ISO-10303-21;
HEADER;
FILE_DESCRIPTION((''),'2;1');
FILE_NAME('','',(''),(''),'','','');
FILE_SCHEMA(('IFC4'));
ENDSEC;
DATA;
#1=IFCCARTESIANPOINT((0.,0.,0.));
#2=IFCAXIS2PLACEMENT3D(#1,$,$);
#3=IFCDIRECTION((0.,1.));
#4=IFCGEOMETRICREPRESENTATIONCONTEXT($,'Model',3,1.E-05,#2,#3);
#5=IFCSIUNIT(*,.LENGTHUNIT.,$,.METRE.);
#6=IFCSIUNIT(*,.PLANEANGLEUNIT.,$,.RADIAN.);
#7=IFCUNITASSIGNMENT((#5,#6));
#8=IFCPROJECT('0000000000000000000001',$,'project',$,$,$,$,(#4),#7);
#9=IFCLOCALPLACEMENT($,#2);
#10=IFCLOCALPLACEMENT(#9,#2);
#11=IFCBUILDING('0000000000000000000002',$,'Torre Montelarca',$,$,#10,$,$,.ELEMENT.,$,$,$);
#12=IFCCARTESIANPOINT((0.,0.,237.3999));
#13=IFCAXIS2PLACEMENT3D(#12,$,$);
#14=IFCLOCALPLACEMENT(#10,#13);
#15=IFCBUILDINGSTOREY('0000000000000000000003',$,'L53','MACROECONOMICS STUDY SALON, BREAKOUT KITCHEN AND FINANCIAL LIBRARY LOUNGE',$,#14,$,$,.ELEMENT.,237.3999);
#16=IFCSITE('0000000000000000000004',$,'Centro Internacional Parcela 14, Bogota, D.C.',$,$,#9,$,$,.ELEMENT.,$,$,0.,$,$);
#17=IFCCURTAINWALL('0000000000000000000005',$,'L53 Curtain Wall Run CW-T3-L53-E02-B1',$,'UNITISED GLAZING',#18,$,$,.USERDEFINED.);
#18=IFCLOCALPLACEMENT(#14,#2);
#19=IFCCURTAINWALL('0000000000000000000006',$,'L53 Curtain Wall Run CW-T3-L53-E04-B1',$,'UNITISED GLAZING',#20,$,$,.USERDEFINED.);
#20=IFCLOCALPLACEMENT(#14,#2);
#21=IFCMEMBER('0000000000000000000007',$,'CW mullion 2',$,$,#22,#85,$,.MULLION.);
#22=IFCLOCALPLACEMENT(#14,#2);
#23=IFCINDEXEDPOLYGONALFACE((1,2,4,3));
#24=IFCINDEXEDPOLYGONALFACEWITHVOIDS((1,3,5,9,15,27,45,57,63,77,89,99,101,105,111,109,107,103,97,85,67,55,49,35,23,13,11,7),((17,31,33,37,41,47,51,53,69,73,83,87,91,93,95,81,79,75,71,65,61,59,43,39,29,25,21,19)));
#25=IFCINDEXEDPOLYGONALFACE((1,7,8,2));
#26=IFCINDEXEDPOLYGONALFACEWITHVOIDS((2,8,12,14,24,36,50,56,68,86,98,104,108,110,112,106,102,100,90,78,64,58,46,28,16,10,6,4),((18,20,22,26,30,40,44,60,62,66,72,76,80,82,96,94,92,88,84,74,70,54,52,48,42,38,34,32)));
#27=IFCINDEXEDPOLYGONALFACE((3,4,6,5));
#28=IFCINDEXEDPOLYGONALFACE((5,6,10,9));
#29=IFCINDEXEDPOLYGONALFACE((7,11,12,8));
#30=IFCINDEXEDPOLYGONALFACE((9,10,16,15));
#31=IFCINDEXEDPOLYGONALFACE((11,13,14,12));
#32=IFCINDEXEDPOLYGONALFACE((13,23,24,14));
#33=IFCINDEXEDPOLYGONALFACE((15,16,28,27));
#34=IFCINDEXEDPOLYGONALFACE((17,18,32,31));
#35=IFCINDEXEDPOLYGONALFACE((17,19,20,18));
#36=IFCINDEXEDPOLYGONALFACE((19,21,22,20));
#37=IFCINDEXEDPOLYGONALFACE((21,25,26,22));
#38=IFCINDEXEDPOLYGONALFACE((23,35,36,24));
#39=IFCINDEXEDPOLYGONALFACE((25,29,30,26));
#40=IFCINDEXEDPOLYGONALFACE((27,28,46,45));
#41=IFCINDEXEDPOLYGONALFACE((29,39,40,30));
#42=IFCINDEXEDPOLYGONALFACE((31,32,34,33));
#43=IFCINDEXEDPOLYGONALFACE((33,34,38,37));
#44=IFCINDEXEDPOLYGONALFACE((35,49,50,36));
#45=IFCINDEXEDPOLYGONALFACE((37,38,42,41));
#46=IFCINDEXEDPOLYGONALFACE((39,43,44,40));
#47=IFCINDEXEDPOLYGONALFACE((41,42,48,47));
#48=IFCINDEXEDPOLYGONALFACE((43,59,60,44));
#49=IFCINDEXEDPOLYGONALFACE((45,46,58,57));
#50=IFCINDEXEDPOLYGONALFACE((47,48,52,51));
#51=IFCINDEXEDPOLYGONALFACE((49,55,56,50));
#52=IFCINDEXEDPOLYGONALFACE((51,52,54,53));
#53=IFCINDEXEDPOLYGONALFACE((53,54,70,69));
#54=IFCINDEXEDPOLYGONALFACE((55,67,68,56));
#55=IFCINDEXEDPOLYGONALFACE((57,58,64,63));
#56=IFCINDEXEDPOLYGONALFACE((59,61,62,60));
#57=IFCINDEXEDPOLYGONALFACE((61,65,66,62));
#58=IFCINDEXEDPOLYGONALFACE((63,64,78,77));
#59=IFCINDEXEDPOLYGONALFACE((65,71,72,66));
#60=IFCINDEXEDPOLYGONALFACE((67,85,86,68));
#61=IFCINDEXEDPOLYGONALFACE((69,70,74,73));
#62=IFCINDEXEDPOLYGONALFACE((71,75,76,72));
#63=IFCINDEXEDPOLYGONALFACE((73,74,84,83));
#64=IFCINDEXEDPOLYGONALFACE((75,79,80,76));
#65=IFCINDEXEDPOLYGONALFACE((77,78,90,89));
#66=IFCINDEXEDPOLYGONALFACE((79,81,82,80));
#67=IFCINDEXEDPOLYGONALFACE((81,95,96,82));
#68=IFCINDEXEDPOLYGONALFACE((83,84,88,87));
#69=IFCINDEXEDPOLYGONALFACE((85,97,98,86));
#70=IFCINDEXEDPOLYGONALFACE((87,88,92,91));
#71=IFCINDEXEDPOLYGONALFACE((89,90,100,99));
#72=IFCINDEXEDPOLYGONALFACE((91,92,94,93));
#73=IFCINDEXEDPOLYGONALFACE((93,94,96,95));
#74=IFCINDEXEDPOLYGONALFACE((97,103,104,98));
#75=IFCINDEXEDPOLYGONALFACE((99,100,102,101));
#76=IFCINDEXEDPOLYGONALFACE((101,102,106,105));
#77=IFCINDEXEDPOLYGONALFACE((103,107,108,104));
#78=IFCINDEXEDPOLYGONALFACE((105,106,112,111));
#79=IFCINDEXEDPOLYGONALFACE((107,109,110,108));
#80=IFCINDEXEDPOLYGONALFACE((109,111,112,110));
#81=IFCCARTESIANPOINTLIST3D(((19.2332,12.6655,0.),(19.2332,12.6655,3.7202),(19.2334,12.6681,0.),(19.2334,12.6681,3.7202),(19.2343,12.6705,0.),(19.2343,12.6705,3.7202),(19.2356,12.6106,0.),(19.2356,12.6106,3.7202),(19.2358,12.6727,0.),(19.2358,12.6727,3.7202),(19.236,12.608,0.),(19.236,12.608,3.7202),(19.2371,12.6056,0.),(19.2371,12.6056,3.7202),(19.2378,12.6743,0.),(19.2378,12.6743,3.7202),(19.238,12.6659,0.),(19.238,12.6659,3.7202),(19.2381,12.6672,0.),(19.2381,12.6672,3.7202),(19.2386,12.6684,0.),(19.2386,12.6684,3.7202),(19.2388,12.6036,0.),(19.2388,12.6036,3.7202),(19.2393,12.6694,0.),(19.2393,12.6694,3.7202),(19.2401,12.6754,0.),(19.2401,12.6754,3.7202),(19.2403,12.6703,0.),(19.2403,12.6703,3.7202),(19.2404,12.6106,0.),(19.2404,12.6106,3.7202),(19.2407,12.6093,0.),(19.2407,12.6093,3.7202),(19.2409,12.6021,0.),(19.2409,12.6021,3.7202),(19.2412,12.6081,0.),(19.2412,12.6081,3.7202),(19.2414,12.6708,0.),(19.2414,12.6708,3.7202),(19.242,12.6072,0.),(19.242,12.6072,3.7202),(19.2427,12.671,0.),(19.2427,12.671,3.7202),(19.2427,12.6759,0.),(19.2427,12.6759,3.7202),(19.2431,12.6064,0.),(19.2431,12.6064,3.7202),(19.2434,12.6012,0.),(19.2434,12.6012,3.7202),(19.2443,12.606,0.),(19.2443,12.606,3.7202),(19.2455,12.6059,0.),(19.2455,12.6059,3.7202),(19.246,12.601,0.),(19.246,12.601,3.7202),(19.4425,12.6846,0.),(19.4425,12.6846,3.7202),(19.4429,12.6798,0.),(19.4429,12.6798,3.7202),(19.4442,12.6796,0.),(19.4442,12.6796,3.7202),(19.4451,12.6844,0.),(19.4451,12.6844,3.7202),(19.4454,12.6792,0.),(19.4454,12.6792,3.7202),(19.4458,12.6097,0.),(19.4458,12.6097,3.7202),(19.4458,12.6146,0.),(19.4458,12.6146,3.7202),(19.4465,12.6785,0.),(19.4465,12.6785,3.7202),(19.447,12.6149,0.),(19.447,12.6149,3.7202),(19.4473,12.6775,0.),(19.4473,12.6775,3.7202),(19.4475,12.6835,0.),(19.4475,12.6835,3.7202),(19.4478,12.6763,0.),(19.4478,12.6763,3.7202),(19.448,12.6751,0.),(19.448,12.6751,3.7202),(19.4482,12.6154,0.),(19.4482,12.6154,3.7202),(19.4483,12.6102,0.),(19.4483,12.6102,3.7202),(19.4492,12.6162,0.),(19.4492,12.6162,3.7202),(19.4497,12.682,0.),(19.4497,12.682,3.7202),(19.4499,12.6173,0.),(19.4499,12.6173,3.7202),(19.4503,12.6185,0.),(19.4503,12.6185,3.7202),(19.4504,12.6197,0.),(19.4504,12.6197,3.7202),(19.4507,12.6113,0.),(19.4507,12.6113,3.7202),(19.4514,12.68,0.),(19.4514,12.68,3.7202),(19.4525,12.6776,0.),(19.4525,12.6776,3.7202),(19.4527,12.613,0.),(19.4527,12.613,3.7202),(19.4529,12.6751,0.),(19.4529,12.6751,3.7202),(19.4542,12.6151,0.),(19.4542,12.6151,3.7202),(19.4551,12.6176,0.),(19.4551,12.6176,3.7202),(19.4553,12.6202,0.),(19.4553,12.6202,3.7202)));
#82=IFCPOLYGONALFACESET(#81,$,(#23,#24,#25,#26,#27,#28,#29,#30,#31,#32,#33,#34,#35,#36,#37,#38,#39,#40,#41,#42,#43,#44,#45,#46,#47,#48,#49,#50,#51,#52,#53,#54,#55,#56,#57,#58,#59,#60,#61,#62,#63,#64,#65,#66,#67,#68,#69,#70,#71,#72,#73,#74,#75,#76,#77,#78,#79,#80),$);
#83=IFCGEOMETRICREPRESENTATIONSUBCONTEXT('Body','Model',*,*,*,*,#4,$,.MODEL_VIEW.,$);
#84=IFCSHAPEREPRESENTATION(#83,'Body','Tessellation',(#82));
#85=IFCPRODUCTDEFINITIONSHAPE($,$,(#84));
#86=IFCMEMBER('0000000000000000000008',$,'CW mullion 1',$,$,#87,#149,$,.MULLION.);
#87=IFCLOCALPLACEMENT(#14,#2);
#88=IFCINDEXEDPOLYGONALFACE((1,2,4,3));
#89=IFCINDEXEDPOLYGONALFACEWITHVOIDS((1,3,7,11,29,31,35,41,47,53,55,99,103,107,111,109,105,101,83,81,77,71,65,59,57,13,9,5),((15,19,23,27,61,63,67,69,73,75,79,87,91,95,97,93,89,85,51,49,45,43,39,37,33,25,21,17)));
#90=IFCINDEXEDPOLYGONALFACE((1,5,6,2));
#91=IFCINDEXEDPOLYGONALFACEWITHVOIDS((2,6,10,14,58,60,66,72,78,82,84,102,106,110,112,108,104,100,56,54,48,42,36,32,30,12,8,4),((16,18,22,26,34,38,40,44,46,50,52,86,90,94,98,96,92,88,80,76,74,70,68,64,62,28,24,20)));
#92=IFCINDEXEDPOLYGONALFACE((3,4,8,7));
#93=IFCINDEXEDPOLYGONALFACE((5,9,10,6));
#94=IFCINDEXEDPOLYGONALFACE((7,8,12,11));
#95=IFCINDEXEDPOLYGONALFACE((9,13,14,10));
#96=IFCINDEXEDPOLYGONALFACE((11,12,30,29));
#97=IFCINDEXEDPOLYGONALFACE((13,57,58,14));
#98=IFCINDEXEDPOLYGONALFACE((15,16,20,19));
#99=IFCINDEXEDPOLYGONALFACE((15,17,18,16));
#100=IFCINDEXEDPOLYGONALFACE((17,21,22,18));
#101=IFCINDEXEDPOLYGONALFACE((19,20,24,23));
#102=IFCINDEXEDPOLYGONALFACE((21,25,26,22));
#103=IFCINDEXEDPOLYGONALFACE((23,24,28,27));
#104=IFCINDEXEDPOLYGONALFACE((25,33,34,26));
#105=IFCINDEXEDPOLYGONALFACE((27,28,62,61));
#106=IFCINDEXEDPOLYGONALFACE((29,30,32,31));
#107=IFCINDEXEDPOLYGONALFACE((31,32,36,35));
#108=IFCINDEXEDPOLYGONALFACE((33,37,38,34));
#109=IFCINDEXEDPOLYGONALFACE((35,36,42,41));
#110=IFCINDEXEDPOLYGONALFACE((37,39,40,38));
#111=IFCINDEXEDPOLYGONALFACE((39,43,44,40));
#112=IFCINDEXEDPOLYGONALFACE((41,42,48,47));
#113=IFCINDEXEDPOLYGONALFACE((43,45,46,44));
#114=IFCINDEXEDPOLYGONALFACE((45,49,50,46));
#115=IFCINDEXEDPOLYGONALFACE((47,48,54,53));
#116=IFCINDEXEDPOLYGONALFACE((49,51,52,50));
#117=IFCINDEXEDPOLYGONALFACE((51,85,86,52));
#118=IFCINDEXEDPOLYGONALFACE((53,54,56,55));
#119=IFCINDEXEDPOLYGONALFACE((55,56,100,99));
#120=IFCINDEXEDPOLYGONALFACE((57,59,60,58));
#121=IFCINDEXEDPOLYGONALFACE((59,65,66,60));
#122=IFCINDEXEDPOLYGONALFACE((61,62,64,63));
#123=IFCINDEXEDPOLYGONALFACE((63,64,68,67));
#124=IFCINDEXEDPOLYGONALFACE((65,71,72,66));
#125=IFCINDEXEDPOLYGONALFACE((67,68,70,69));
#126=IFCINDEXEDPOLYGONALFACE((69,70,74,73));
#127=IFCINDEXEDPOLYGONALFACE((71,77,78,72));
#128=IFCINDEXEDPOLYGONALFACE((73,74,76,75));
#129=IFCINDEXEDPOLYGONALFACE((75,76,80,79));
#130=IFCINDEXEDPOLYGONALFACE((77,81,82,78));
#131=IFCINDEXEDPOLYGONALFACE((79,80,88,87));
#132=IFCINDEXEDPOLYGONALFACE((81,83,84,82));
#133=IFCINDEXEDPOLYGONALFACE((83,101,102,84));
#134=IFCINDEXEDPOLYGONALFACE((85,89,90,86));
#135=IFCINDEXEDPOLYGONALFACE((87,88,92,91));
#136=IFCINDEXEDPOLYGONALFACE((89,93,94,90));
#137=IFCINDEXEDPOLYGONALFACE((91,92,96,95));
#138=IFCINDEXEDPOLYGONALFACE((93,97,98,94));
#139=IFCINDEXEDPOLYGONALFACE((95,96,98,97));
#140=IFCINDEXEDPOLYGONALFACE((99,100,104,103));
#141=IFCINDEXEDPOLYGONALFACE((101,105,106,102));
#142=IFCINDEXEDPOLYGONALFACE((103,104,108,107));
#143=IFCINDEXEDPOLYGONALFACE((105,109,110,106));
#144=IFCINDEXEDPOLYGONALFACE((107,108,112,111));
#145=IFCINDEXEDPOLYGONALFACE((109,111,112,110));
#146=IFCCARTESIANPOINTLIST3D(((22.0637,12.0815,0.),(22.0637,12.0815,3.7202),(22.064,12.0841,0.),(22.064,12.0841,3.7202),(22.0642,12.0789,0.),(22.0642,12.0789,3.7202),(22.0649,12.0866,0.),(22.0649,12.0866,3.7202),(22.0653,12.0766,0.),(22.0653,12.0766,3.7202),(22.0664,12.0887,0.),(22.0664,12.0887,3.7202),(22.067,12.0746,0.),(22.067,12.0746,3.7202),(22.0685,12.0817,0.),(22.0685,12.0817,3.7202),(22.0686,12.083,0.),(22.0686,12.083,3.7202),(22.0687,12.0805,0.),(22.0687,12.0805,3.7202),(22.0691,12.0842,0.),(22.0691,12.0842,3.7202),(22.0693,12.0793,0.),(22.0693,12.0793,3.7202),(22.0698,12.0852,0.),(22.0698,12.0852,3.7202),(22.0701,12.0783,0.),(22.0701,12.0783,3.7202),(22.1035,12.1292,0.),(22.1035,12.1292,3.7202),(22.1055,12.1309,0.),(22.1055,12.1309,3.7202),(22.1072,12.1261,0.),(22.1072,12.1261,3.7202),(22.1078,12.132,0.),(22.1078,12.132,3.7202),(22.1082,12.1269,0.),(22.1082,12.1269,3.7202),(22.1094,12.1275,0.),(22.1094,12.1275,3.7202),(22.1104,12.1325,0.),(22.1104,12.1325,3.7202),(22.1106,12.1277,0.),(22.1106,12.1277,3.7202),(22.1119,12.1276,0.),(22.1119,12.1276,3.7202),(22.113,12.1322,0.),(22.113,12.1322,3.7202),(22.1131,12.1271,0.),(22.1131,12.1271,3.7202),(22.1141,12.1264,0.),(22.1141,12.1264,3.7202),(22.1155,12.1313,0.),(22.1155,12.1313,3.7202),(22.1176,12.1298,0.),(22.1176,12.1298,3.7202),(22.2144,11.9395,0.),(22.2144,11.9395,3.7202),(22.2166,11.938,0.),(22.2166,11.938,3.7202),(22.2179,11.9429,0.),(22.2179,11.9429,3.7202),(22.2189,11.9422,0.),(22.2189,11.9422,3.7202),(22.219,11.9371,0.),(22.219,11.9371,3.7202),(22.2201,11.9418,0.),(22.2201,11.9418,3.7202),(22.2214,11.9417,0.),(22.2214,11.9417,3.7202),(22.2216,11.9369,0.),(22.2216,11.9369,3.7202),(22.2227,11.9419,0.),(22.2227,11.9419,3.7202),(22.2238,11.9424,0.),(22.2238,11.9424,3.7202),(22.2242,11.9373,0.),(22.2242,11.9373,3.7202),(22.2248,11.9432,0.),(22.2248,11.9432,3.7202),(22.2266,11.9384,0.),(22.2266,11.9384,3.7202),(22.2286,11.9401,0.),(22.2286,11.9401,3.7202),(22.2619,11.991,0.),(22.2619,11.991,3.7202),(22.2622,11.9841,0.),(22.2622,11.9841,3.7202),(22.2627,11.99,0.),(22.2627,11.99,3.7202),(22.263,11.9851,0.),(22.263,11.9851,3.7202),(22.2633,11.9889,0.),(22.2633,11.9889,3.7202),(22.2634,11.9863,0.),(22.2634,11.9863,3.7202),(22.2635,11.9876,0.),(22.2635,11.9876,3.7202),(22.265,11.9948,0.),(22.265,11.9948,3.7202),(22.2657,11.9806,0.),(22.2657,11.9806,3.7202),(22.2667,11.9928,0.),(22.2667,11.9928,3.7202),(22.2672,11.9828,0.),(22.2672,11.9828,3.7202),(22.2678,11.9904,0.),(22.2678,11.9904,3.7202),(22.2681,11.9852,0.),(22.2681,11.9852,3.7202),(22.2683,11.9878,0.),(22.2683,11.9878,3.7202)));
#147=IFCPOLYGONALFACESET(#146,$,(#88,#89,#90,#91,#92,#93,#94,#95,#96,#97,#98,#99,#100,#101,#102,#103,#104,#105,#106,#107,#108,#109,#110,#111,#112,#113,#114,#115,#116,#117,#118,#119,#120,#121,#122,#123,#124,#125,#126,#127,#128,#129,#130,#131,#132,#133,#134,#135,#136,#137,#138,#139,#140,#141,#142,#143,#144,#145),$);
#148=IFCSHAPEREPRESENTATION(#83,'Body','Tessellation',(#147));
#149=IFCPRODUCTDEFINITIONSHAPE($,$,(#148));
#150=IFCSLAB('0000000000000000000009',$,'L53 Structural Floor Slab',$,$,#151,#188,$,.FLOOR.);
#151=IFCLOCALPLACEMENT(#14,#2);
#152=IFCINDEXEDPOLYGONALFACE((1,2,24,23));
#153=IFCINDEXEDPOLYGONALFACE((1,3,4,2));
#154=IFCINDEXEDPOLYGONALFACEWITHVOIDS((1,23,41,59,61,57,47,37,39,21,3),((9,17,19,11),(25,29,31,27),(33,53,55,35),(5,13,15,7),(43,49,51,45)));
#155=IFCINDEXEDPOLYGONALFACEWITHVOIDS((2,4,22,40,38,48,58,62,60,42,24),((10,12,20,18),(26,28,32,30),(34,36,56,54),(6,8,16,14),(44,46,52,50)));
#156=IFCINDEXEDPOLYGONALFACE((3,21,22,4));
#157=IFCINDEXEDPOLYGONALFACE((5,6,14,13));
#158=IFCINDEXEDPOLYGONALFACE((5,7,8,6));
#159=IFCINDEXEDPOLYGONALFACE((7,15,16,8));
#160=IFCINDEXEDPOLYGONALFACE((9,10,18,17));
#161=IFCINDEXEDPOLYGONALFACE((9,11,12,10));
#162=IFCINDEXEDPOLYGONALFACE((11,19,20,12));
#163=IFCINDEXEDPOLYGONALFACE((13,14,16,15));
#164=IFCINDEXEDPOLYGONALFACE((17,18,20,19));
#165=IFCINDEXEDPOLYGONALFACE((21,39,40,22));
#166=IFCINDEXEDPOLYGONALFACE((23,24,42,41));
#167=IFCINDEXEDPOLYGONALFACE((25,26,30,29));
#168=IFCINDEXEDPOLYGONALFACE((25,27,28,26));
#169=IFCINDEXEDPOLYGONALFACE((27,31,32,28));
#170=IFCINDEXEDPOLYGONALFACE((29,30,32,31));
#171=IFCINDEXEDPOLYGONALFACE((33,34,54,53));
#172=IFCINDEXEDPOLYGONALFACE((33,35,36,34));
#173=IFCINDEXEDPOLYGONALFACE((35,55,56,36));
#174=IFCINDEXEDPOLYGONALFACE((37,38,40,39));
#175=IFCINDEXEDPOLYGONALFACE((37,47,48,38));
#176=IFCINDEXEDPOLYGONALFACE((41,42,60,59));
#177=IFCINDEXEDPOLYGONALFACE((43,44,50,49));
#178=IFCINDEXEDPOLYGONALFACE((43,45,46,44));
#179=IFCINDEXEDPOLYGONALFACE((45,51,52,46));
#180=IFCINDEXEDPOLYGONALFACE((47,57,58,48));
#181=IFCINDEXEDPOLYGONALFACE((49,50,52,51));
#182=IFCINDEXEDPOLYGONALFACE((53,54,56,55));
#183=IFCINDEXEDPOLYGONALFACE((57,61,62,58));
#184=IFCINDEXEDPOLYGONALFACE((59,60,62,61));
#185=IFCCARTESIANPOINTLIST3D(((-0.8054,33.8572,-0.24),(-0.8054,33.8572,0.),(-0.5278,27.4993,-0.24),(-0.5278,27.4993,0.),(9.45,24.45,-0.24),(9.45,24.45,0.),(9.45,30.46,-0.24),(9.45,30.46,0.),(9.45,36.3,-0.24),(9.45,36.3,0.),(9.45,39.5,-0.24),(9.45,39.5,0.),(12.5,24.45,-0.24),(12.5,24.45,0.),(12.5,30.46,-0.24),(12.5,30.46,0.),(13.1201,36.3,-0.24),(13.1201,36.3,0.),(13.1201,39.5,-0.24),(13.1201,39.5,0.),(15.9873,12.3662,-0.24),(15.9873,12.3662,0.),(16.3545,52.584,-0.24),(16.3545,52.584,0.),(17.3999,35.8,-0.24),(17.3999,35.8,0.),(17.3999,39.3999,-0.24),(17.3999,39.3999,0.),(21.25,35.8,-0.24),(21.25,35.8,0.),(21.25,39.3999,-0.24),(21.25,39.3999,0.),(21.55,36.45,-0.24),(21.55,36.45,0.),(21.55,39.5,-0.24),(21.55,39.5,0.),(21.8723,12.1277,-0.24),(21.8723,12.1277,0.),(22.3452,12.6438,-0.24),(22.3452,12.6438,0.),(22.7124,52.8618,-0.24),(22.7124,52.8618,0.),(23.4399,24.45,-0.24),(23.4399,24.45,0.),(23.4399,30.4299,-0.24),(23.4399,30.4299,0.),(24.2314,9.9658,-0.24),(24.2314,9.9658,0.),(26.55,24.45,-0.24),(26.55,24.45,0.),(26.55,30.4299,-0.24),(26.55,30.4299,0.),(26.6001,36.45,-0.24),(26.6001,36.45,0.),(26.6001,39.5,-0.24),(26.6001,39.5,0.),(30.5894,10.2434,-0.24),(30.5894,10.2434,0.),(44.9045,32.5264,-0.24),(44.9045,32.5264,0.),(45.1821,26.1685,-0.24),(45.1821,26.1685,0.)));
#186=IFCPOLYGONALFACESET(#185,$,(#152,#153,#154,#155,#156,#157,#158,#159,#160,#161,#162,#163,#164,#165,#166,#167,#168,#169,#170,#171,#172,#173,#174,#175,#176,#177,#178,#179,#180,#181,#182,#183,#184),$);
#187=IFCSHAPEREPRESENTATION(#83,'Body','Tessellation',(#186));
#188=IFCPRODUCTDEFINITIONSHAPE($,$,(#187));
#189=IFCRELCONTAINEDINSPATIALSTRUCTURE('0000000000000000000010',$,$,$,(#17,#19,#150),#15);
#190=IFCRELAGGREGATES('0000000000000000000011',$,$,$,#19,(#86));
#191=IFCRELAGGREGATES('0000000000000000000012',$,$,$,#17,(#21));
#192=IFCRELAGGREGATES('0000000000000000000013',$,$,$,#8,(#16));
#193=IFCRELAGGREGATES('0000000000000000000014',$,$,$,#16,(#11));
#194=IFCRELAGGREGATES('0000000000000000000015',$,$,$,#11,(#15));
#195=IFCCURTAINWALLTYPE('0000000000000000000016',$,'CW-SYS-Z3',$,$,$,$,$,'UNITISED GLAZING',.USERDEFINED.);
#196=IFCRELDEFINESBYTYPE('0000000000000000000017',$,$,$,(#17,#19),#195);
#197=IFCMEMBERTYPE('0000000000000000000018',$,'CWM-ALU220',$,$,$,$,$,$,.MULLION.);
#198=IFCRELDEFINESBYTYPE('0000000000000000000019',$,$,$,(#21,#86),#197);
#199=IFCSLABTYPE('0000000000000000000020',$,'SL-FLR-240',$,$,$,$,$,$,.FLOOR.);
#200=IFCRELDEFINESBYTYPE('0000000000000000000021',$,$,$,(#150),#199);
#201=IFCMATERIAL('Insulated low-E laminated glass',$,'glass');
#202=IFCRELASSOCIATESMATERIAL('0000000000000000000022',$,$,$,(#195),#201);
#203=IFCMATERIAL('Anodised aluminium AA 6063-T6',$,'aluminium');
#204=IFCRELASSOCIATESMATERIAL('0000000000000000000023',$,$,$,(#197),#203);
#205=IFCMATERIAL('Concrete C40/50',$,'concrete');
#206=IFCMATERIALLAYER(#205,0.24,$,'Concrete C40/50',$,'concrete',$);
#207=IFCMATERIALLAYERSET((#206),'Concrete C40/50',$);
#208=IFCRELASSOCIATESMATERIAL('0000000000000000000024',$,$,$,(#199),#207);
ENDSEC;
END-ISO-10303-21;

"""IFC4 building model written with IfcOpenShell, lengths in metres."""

from ifc_helpers import new_model, si_unit, direction, frame, origin, origin_2d, place, context, subcontext, project, spatial, polyline, hollow_rectangle, outline, extrude, source, transform, mapped, material, layer, layer_set, material_profile, profile_set, type_object, element, aggregate, save


model = new_model("IFC4")

# Units and contexts
model_context = context("Model", 3, precision=1e-05, world=origin(), true_north=direction((0.0, 1.0)))
body_context = subcontext(model_context, "Body", "Model", "MODEL_VIEW")
ifc_project = project(units=[si_unit("LENGTHUNIT", "METRE"), si_unit("PLANEANGLEUNIT", "RADIAN")], contexts=[model_context])

# Site, building, storey
site_placement = place(None, origin())
site = spatial("IfcSite", under=ifc_project, at=site_placement, Name="Centro Internacional Parcela 14, Bogota, D.C.", CompositionType="ELEMENT", RefElevation=0.0)
building_placement = place(site_placement, origin())
building = spatial("IfcBuilding", under=site, at=building_placement, Name="Torre Montelarca", CompositionType="ELEMENT")
storey_placement = place(building_placement, frame((0.0, 0.0, 237.3999)))
storey = spatial("IfcBuildingStorey", under=building, at=storey_placement, Name="L53", Description="MACROECONOMICS STUDY SALON, BREAKOUT KITCHEN AND FINANCIAL LIBRARY LOUNGE", CompositionType="ELEMENT", Elevation=237.3999)

# Curtain walls
ifc_material_1 = material(Name="Insulated low-E laminated glass", Category="glass")
curtain_wall_type = type_object("IfcCurtainWallType", Name="CW-SYS-Z3", ElementType="UNITISED GLAZING", PredefinedType="USERDEFINED", material=ifc_material_1)
curtain_wall_1_placement = place(storey_placement, origin())
curtain_wall_1 = element("IfcCurtainWall", 1, at=curtain_wall_1_placement, inside=storey, type_object=curtain_wall_type, Name="L53 Curtain Wall Run CW-T3-L53-E02-B1", ObjectType="UNITISED GLAZING", PredefinedType="USERDEFINED")
ifc_material_2 = material(Name="Anodised aluminium AA 6063-T6", Category="aluminium")
curtain_wall_2_placement = place(storey_placement, origin())
curtain_wall_2 = element("IfcCurtainWall", 2, at=curtain_wall_2_placement, inside=storey, type_object=curtain_wall_type, Name="L53 Curtain Wall Run CW-T3-L53-E04-B1", ObjectType="UNITISED GLAZING", PredefinedType="USERDEFINED")

# Members
ifc_material_profile_1 = material_profile(ifc_material_2, hollow_rectangle(XDim=0.075, YDim=0.22, WallThickness=0.0049, InnerFilletRadius=0.0049, OuterFilletRadius=0.01, at=origin_2d()), Name="ALU75X220X5", Category="aluminium")
ifc_profile_set_1 = profile_set([ifc_material_profile_1], Name="Anodised aluminium AA 6063-T6")
member_type_1 = type_object("IfcMemberType", Name="CWM-ALU220", PredefinedType="MULLION", material=ifc_profile_set_1)
shared_shape_1 = source(origin(), body_context, "Body", "SweptSolid", [
    extrude(hollow_rectangle(XDim=0.075, YDim=0.22, WallThickness=0.0049, InnerFilletRadius=0.0049, OuterFilletRadius=0.01, at=origin_2d()), origin(), (0.0, 0.0, 1.0), 3.7202),
])
member_1_placement = place(storey_placement, frame((19.3442, 12.6428, 0.0), z_axis=(0.0, 0.0, 1.0), x_axis=(-0.043625, 0.999048, 0.0)))
member_1 = element("IfcMember", 3, at=member_1_placement, type_object=member_type_1, Name="CW mullion 2", PredefinedType="MULLION", context=body_context, shape_type="MappedRepresentation", body=[
    mapped(shared_shape_1, transform((0.0, 0.0, 0.0), scale=1.0)),
])
member_2_placement = place(storey_placement, frame((22.166, 12.0347, 0.0), z_axis=(0.0, 0.0, 1.0), x_axis=(0.675572, 0.737294, 0.0)))
member_2 = element("IfcMember", 4, at=member_2_placement, type_object=member_type_1, Name="CW mullion 1", PredefinedType="MULLION", context=body_context, shape_type="MappedRepresentation", body=[
    mapped(shared_shape_1, transform((0.0, 0.0, 0.0), scale=1.0)),
])
aggregate(curtain_wall_2, [member_2])

# Slab
ifc_material_3 = material(Name="Concrete C40/50", Category="concrete")
ifc_layer_1 = layer(ifc_material_3, 0.24, Name="Concrete C40/50", Category="concrete")
ifc_layer_set_1 = layer_set([ifc_layer_1], Name="Concrete C40/50")
slab_type_1 = type_object("IfcSlabType", Name="SL-FLR-240", PredefinedType="FLOOR", material=ifc_layer_set_1)
slab_1_placement = place(storey_placement, frame((0.0, 0.0, -0.24)))
element("IfcSlab", 5, at=slab_1_placement, inside=storey, type_object=slab_type_1, Name="L53 Structural Floor Slab", PredefinedType="FLOOR", context=body_context, shape_type="SweptSolid", body=[
    extrude(outline(polyline([(15.9873, 12.3662), (22.3452, 12.6438), (21.8723, 12.1277), (24.2314, 9.9658), (30.5894, 10.2434), (45.1821, 26.1685), (44.9045, 32.5264), (22.7124, 52.8618), (16.3545, 52.584), (-0.8054, 33.8572), (-0.5278, 27.4993), (15.9873, 12.3662)]), holes=[polyline([(26.55, 24.45), (23.4399, 24.45), (23.4399, 30.4299), (26.55, 30.4299), (26.55, 24.45)]), polyline([(12.5, 24.45), (9.45, 24.45), (9.45, 30.46), (12.5, 30.46), (12.5, 24.45)]), polyline([(21.25, 39.3999), (21.25, 35.8), (17.3999, 35.8), (17.3999, 39.3999), (21.25, 39.3999)]), polyline([(13.1201, 36.3), (9.45, 36.3), (9.45, 39.5), (13.1201, 39.5), (13.1201, 36.3)]), polyline([(26.6001, 36.45), (21.55, 36.45), (21.55, 39.5), (26.6001, 39.5), (26.6001, 36.45)])]), origin(), (0.0, 0.0, 1.0), 0.24),
])

aggregate(curtain_wall_1, [member_1])

save(model, "model.ifc")
